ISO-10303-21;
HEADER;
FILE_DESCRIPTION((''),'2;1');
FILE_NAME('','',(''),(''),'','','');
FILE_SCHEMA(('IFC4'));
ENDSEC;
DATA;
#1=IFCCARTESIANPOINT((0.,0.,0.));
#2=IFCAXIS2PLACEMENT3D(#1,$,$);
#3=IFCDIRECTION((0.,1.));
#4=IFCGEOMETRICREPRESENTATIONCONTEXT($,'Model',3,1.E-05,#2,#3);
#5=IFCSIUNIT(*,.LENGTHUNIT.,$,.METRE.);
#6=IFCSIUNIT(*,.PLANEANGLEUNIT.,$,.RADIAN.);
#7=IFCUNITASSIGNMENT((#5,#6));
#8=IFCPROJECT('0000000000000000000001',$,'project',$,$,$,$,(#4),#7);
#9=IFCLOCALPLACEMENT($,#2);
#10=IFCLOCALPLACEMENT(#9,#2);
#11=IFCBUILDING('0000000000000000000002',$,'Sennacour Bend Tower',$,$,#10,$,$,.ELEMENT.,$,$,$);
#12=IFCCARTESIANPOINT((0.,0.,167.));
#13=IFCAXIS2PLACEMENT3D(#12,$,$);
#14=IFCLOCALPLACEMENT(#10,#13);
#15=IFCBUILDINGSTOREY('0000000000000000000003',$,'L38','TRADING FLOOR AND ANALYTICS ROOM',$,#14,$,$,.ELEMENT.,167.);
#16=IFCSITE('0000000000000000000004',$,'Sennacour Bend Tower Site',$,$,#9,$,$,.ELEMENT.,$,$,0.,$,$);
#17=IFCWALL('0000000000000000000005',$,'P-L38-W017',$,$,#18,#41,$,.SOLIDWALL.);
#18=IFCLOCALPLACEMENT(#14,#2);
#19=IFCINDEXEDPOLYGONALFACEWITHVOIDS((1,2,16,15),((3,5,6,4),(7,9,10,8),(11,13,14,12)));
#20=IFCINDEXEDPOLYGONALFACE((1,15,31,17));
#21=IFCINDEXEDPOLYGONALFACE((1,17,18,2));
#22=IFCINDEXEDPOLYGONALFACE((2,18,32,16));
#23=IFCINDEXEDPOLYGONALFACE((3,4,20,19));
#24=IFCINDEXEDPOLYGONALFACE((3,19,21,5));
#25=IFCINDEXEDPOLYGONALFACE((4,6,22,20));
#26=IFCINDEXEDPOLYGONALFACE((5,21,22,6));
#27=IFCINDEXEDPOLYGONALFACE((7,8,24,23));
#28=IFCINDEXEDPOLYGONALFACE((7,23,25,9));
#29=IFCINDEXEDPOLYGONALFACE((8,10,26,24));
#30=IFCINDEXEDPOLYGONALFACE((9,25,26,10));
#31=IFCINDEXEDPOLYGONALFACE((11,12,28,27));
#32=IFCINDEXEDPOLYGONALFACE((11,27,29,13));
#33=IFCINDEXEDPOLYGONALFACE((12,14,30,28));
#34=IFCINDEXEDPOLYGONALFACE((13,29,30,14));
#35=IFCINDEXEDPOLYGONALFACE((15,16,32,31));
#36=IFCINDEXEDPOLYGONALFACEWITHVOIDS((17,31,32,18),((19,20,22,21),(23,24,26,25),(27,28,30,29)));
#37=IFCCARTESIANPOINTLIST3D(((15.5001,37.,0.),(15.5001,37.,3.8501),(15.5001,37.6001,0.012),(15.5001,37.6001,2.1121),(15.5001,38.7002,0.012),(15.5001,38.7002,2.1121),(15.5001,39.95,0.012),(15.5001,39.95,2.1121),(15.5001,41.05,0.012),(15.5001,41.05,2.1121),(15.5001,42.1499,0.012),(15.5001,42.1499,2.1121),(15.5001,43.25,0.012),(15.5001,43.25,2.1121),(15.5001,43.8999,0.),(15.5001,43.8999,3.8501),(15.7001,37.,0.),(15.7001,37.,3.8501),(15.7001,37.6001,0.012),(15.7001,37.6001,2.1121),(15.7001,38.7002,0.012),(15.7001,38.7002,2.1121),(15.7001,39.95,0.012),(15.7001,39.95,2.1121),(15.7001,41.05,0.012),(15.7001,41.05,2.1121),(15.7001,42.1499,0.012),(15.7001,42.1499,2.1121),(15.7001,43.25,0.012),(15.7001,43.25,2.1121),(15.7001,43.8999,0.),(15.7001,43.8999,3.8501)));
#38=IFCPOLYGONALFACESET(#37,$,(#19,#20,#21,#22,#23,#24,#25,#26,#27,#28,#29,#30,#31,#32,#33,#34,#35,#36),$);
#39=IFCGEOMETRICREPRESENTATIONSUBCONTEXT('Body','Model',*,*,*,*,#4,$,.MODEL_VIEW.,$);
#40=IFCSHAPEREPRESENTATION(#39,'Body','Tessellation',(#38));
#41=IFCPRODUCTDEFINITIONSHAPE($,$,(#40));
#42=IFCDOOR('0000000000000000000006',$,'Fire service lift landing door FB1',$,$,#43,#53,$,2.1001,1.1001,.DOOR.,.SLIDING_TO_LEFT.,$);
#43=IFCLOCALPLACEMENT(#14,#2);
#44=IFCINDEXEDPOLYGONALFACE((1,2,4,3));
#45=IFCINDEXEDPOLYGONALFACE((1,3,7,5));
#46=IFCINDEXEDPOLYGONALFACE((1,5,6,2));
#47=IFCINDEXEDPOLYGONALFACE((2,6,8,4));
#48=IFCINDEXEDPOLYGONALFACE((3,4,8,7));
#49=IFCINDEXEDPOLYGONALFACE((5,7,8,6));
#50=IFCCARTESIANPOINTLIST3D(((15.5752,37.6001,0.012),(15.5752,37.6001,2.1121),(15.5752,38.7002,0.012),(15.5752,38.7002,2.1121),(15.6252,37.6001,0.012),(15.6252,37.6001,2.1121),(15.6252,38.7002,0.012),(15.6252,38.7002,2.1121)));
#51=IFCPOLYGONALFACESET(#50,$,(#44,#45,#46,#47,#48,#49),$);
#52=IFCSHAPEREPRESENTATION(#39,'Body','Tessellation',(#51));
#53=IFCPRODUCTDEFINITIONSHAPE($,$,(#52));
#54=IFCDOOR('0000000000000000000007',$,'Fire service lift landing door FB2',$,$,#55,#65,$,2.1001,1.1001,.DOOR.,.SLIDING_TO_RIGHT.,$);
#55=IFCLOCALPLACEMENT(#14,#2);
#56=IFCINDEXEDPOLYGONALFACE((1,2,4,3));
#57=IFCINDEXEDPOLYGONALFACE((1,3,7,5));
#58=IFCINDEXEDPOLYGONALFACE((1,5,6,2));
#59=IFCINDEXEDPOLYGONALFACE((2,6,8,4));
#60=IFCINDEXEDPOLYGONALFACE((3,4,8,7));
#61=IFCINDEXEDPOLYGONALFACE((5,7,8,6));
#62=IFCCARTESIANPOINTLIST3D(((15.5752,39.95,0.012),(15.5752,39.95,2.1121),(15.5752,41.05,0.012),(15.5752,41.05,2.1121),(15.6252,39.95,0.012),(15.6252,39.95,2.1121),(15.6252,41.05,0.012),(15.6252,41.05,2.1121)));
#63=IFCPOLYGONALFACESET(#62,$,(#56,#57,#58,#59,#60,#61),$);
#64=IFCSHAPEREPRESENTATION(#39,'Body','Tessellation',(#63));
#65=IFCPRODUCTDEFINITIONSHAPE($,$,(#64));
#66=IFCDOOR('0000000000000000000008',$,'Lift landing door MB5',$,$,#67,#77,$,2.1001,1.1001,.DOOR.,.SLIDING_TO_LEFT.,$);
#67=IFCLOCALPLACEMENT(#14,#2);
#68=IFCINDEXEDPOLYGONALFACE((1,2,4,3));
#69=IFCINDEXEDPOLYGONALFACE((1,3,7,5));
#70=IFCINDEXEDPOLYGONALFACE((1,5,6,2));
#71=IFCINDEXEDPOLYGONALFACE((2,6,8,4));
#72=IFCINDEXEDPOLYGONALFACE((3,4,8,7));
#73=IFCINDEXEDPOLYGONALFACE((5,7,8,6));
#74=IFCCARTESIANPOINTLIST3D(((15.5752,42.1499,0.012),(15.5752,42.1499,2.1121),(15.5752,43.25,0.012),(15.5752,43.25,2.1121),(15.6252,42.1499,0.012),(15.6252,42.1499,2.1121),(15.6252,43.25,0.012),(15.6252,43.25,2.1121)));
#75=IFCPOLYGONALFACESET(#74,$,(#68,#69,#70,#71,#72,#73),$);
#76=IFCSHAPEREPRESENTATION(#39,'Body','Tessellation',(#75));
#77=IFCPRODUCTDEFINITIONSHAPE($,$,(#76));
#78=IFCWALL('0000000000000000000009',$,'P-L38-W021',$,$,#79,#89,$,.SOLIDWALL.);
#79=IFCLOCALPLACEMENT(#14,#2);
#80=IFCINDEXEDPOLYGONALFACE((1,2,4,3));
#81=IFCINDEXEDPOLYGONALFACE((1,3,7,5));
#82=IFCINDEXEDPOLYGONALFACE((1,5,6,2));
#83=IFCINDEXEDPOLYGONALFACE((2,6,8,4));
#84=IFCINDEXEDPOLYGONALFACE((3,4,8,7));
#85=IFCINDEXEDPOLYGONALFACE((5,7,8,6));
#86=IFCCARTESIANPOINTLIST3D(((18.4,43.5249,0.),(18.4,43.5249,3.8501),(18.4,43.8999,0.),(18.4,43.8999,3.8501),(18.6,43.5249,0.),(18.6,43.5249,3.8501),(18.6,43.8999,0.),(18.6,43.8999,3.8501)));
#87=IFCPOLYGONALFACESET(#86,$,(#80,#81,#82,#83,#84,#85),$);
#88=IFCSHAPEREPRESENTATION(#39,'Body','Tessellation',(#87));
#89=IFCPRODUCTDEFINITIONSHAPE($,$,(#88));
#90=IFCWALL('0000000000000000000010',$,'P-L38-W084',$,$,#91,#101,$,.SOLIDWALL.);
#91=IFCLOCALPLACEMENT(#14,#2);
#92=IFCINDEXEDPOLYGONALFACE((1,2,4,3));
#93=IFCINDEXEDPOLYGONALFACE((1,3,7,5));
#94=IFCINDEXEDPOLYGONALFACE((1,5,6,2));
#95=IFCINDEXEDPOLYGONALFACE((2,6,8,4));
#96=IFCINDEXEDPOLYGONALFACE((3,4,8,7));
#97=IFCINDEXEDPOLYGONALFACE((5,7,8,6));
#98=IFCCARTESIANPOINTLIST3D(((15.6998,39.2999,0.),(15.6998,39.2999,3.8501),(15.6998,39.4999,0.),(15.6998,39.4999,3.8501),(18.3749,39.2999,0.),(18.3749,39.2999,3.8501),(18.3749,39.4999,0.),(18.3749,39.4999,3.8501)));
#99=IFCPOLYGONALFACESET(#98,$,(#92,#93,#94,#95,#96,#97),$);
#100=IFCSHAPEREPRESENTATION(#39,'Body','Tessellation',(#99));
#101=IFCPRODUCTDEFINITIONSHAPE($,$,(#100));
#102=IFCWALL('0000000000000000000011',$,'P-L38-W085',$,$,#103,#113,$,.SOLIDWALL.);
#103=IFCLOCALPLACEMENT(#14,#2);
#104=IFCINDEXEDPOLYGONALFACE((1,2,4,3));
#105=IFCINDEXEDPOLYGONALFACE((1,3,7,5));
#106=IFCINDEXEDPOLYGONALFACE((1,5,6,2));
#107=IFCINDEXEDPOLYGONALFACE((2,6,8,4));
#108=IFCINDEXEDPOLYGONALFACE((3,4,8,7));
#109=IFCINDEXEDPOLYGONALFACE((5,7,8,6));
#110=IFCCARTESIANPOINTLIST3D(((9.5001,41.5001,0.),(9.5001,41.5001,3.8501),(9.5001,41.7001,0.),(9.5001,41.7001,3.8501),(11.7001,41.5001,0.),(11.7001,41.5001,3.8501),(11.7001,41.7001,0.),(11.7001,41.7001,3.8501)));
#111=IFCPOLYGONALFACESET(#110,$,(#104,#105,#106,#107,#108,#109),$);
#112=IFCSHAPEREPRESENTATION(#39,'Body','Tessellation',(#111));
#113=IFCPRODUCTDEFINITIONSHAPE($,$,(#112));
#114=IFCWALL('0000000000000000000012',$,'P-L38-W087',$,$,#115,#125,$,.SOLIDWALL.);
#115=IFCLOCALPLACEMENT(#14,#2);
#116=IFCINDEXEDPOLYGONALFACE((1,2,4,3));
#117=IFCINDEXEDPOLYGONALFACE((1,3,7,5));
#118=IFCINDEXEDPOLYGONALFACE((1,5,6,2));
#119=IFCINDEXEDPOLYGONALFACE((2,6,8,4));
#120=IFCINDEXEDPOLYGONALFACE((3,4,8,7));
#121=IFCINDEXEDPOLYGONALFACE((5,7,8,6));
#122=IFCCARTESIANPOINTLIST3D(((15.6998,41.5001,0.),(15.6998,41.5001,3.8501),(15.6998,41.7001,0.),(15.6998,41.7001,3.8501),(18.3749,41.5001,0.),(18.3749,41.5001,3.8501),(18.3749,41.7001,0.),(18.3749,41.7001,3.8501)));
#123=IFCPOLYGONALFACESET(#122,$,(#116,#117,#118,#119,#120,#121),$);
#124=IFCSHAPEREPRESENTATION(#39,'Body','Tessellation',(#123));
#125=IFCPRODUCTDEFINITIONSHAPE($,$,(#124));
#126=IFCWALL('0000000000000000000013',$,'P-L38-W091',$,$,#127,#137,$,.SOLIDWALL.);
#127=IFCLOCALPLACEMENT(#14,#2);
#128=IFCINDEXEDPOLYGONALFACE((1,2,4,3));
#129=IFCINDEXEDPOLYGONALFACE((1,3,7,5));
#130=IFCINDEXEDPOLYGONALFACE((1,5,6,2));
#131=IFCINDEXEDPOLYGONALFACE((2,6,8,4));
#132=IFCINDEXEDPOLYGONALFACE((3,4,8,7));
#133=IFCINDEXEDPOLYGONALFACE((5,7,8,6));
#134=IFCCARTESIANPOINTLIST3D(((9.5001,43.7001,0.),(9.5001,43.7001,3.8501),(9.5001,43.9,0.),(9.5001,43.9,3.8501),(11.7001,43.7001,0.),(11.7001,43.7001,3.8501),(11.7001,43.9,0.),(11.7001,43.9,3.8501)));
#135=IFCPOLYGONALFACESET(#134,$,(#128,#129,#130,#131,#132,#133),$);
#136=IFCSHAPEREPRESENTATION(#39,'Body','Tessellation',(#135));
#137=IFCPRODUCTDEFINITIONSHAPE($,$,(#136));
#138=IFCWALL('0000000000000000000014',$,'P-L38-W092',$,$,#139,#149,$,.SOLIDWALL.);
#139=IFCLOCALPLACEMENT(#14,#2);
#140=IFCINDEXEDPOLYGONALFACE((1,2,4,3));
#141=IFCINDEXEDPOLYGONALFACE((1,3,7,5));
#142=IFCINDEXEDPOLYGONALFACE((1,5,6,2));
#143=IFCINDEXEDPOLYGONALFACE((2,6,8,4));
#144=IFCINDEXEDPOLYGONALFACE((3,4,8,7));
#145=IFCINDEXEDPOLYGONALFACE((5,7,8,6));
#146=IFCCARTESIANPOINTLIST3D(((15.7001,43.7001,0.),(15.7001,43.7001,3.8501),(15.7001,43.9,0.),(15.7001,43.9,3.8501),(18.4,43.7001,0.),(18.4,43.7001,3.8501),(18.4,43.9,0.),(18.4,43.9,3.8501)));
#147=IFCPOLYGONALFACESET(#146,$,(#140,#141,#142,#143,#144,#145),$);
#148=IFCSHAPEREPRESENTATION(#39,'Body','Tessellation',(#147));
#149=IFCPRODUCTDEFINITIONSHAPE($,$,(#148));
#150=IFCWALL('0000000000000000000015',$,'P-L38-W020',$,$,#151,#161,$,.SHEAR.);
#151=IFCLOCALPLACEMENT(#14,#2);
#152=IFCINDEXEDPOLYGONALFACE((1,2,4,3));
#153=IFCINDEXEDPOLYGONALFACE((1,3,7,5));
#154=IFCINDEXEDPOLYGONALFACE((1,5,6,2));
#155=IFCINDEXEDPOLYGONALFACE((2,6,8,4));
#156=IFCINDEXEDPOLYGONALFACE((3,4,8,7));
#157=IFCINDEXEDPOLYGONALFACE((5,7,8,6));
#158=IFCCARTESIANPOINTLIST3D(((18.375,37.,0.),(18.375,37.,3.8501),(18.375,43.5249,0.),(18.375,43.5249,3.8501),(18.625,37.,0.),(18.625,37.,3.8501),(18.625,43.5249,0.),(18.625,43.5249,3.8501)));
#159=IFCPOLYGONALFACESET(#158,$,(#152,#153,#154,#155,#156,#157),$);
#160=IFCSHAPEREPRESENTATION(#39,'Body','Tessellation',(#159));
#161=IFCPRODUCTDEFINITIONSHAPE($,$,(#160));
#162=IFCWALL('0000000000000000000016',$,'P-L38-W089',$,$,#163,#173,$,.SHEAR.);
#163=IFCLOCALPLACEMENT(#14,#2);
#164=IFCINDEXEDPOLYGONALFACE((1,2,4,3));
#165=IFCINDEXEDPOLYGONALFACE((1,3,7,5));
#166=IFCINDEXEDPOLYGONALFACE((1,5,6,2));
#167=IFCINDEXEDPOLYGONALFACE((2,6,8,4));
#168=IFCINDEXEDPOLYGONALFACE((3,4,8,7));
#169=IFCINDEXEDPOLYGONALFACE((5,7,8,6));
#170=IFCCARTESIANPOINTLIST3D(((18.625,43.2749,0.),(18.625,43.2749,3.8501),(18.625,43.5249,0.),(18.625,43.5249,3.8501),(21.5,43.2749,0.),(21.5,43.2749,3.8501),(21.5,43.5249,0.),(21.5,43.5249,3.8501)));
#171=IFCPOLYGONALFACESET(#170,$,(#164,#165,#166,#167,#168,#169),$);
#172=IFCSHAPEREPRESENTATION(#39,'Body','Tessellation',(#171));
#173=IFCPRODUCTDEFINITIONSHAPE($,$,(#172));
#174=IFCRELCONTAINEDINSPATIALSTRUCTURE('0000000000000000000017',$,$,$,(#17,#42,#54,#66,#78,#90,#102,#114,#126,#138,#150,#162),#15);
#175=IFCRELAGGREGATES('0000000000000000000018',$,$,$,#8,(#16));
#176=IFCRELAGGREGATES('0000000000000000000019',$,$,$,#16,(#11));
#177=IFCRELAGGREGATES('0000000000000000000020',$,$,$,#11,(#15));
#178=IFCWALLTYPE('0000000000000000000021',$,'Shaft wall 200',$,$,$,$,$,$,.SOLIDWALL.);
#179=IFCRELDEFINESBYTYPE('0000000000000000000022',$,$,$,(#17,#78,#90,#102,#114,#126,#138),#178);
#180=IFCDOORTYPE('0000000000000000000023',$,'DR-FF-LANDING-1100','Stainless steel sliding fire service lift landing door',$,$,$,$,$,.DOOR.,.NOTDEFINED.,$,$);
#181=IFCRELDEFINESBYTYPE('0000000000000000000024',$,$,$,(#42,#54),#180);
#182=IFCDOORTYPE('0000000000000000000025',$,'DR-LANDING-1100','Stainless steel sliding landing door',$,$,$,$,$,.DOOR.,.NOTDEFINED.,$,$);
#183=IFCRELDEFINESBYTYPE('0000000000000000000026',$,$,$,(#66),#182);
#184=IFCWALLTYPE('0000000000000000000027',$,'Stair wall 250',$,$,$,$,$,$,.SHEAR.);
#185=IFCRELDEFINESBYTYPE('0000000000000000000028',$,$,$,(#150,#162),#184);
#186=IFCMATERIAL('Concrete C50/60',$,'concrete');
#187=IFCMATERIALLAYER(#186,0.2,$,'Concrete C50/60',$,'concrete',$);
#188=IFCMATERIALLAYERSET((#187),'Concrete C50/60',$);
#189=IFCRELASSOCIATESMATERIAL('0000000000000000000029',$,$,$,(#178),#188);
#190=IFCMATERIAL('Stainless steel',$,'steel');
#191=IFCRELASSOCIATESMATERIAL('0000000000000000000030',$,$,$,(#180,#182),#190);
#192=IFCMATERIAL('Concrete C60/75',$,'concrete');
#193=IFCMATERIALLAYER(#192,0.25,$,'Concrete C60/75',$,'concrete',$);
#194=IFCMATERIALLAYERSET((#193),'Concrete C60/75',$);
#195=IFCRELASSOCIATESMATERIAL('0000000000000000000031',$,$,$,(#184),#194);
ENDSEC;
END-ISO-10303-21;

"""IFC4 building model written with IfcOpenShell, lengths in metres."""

from ifc_helpers import new_model, si_unit, direction, frame, frame_2d, origin, place, context, subcontext, project, spatial, rectangle, extrude, material, layer, layer_set, type_object, element, fill, save


model = new_model("IFC4")

# Units and contexts
model_context = context("Model", 3, precision=1e-05, world=origin(), true_north=direction((0.0, 1.0)))
body_context = subcontext(model_context, "Body", "Model", "MODEL_VIEW")
ifc_project = project(units=[si_unit("LENGTHUNIT", "METRE"), si_unit("PLANEANGLEUNIT", "RADIAN")], contexts=[model_context])

# Site, building, storey
site_placement = place(None, origin())
site = spatial("IfcSite", under=ifc_project, at=site_placement, Name="Sennacour Bend Tower Site", CompositionType="ELEMENT", RefElevation=0.0)
building_placement = place(site_placement, origin())
building = spatial("IfcBuilding", under=site, at=building_placement, Name="Sennacour Bend Tower", CompositionType="ELEMENT")
storey_placement = place(building_placement, frame((0.0, 0.0, 167.0)))
storey = spatial("IfcBuildingStorey", under=building, at=storey_placement, Name="L38", Description="TRADING FLOOR AND ANALYTICS ROOM", CompositionType="ELEMENT", Elevation=167.0)

# Shared definitions
ifc_material_1 = material(Name="Concrete C50/60", Category="concrete")
ifc_layer_1 = layer(ifc_material_1, 0.2, Name="Concrete C50/60", Category="concrete")
ifc_layer_set_1 = layer_set([ifc_layer_1], Name="Concrete C50/60")
wall_type_1 = type_object("IfcWallType", Name="Shaft wall 200", PredefinedType="SOLIDWALL", material=ifc_layer_set_1)

# Wall, openings, doors
wall_1_placement = place(storey_placement, frame((15.6001, 37.0, 0.0), z_axis=(0.0, 0.0, 1.0), x_axis=(0.0, 1.0, 0.0)))
wall_1 = element("IfcWall", 1, at=wall_1_placement, inside=storey, type_object=wall_type_1, Name="P-L38-W017", PredefinedType="SOLIDWALL", context=body_context, shape_type="SweptSolid", body=[
    extrude(rectangle(XDim=6.8999, YDim=0.2, at=frame_2d((3.45, 0.0))), origin(), (0.0, 0.0, 1.0), 3.8501),
])
opening_1_placement = place(wall_1_placement, frame((0.6001, 0.0, 0.012)))
opening_1 = element("IfcOpeningElement", 2, at=opening_1_placement, cuts=wall_1, PredefinedType="OPENING", context=body_context, shape_type="SweptSolid", body=[
    extrude(rectangle(XDim=1.1001, YDim=2.1001, at=frame_2d((0.55, 1.05))), frame((0.0, 0.1099, 0.0), z_axis=(0.0, -1.0, 0.0), x_axis=(1.0, 0.0, 0.0)), (0.0, 0.0, 1.0), 0.22),
])
opening_2_placement = place(wall_1_placement, frame((2.95, 0.0, 0.012)))
opening_2 = element("IfcOpeningElement", 3, at=opening_2_placement, cuts=wall_1, PredefinedType="OPENING", context=body_context, shape_type="SweptSolid", body=[
    extrude(rectangle(XDim=1.1001, YDim=2.1001, at=frame_2d((0.55, 1.05))), frame((0.0, 0.1099, 0.0), z_axis=(0.0, -1.0, 0.0), x_axis=(1.0, 0.0, 0.0)), (0.0, 0.0, 1.0), 0.22),
])
opening_3_placement = place(wall_1_placement, frame((5.1499, 0.0, 0.012)))
opening_3 = element("IfcOpeningElement", 4, at=opening_3_placement, cuts=wall_1, PredefinedType="OPENING", context=body_context, shape_type="SweptSolid", body=[
    extrude(rectangle(XDim=1.1001, YDim=2.1001, at=frame_2d((0.55, 1.05))), frame((0.0, 0.1099, 0.0), z_axis=(0.0, -1.0, 0.0), x_axis=(1.0, 0.0, 0.0)), (0.0, 0.0, 1.0), 0.22),
])
ifc_material_2 = material(Name="Stainless steel", Category="steel")
door_type_1 = type_object("IfcDoorType", Name="DR-FF-LANDING-1100", Description="Stainless steel sliding fire service lift landing door", OperationType="NOTDEFINED", PredefinedType="DOOR", material=ifc_material_2)
door_1_placement = place(opening_1_placement, origin())
door_1 = element("IfcDoor", 5, at=door_1_placement, inside=storey, type_object=door_type_1, Name="Fire service lift landing door FB1", OperationType="SLIDING_TO_LEFT", OverallHeight=2.1001, OverallWidth=1.1001, PredefinedType="DOOR", context=body_context, shape_type="SweptSolid", body=[
    extrude(rectangle(XDim=1.1001, YDim=2.1001, at=frame_2d((0.55, 1.05))), frame((0.0, 0.0249, 0.0), z_axis=(0.0, -1.0, 0.0), x_axis=(1.0, 0.0, 0.0)), (0.0, 0.0, 1.0), 0.05),
])
fill(opening_1, door_1)
door_2_placement = place(opening_2_placement, origin())
door_2 = element("IfcDoor", 6, at=door_2_placement, inside=storey, type_object=door_type_1, Name="Fire service lift landing door FB2", OperationType="SLIDING_TO_RIGHT", OverallHeight=2.1001, OverallWidth=1.1001, PredefinedType="DOOR", context=body_context, shape_type="SweptSolid", body=[
    extrude(rectangle(XDim=1.1001, YDim=2.1001, at=frame_2d((0.55, 1.05))), frame((0.0, 0.0249, 0.0), z_axis=(0.0, -1.0, 0.0), x_axis=(1.0, 0.0, 0.0)), (0.0, 0.0, 1.0), 0.05),
])
fill(opening_2, door_2)
door_type_2 = type_object("IfcDoorType", Name="DR-LANDING-1100", Description="Stainless steel sliding landing door", OperationType="NOTDEFINED", PredefinedType="DOOR", material=ifc_material_2)
door_3_placement = place(opening_3_placement, origin())
door_3 = element("IfcDoor", 7, at=door_3_placement, inside=storey, type_object=door_type_2, Name="Lift landing door MB5", OperationType="SLIDING_TO_LEFT", OverallHeight=2.1001, OverallWidth=1.1001, PredefinedType="DOOR", context=body_context, shape_type="SweptSolid", body=[
    extrude(rectangle(XDim=1.1001, YDim=2.1001, at=frame_2d((0.55, 1.05))), frame((0.0, 0.0249, 0.0), z_axis=(0.0, -1.0, 0.0), x_axis=(1.0, 0.0, 0.0)), (0.0, 0.0, 1.0), 0.05),
])
fill(opening_3, door_3)

# Walls
wall_2_placement = place(storey_placement, frame((18.5, 43.5249, 0.0), z_axis=(0.0, 0.0, 1.0), x_axis=(0.0, 1.0, 0.0)))
element("IfcWall", 8, at=wall_2_placement, inside=storey, type_object=wall_type_1, Name="P-L38-W021", PredefinedType="SOLIDWALL", context=body_context, shape_type="SweptSolid", body=[
    extrude(rectangle(XDim=0.375, YDim=0.2, at=frame_2d((0.1875, 0.0))), origin(), (0.0, 0.0, 1.0), 3.8501),
])
wall_3_placement = place(storey_placement, frame((15.7, 39.3999, 0.0), z_axis=(0.0, 0.0, 1.0), x_axis=(1.0, 0.0, 0.0)))
element("IfcWall", 9, at=wall_3_placement, inside=storey, type_object=wall_type_1, Name="P-L38-W084", PredefinedType="SOLIDWALL", context=body_context, shape_type="SweptSolid", body=[
    extrude(rectangle(XDim=2.675, YDim=0.2, at=frame_2d((1.3374, 0.0))), origin(), (0.0, 0.0, 1.0), 3.8501),
])
wall_4_placement = place(storey_placement, frame((9.5, 41.6001, 0.0), z_axis=(0.0, 0.0, 1.0), x_axis=(1.0, 0.0, 0.0)))
element("IfcWall", 10, at=wall_4_placement, inside=storey, type_object=wall_type_1, Name="P-L38-W085", PredefinedType="SOLIDWALL", context=body_context, shape_type="SweptSolid", body=[
    extrude(rectangle(XDim=2.2, YDim=0.2, at=frame_2d((1.1001, 0.0))), origin(), (0.0, 0.0, 1.0), 3.8501),
])
wall_5_placement = place(storey_placement, frame((15.7, 41.6001, 0.0), z_axis=(0.0, 0.0, 1.0), x_axis=(1.0, 0.0, 0.0)))
element("IfcWall", 11, at=wall_5_placement, inside=storey, type_object=wall_type_1, Name="P-L38-W087", PredefinedType="SOLIDWALL", context=body_context, shape_type="SweptSolid", body=[
    extrude(rectangle(XDim=2.675, YDim=0.2, at=frame_2d((1.3374, 0.0))), origin(), (0.0, 0.0, 1.0), 3.8501),
])
wall_6_placement = place(storey_placement, frame((9.5, 43.8, 0.0), z_axis=(0.0, 0.0, 1.0), x_axis=(1.0, 0.0, 0.0)))
element("IfcWall", 12, at=wall_6_placement, inside=storey, type_object=wall_type_1, Name="P-L38-W091", PredefinedType="SOLIDWALL", context=body_context, shape_type="SweptSolid", body=[
    extrude(rectangle(XDim=2.2, YDim=0.2, at=frame_2d((1.1001, 0.0))), origin(), (0.0, 0.0, 1.0), 3.8501),
])
wall_7_placement = place(storey_placement, frame((15.7, 43.8, 0.0), z_axis=(0.0, 0.0, 1.0), x_axis=(1.0, 0.0, 0.0)))
element("IfcWall", 13, at=wall_7_placement, inside=storey, type_object=wall_type_1, Name="P-L38-W092", PredefinedType="SOLIDWALL", context=body_context, shape_type="SweptSolid", body=[
    extrude(rectangle(XDim=2.7, YDim=0.2, at=frame_2d((1.3501, 0.0))), origin(), (0.0, 0.0, 1.0), 3.8501),
])
ifc_material_3 = material(Name="Concrete C60/75", Category="concrete")
ifc_layer_2 = layer(ifc_material_3, 0.25, Name="Concrete C60/75", Category="concrete")
ifc_layer_set_2 = layer_set([ifc_layer_2], Name="Concrete C60/75")
wall_type_2 = type_object("IfcWallType", Name="Stair wall 250", PredefinedType="SHEAR", material=ifc_layer_set_2)
wall_8_placement = place(storey_placement, frame((18.5, 37.0, 0.0), z_axis=(0.0, 0.0, 1.0), x_axis=(0.0, 1.0, 0.0)))
element("IfcWall", 14, at=wall_8_placement, inside=storey, type_object=wall_type_2, Name="P-L38-W020", PredefinedType="SHEAR", context=body_context, shape_type="SweptSolid", body=[
    extrude(rectangle(XDim=6.5249, YDim=0.25, at=frame_2d((3.2625, 0.0))), origin(), (0.0, 0.0, 1.0), 3.8501),
])
wall_9_placement = place(storey_placement, frame((18.625, 43.3999, 0.0), z_axis=(0.0, 0.0, 1.0), x_axis=(1.0, 0.0, 0.0)))
element("IfcWall", 15, at=wall_9_placement, inside=storey, type_object=wall_type_2, Name="P-L38-W089", PredefinedType="SHEAR", context=body_context, shape_type="SweptSolid", body=[
    extrude(rectangle(XDim=2.875, YDim=0.25, at=frame_2d((1.4375, 0.0))), origin(), (0.0, 0.0, 1.0), 3.8501),
])

save(model, "model.ifc")
